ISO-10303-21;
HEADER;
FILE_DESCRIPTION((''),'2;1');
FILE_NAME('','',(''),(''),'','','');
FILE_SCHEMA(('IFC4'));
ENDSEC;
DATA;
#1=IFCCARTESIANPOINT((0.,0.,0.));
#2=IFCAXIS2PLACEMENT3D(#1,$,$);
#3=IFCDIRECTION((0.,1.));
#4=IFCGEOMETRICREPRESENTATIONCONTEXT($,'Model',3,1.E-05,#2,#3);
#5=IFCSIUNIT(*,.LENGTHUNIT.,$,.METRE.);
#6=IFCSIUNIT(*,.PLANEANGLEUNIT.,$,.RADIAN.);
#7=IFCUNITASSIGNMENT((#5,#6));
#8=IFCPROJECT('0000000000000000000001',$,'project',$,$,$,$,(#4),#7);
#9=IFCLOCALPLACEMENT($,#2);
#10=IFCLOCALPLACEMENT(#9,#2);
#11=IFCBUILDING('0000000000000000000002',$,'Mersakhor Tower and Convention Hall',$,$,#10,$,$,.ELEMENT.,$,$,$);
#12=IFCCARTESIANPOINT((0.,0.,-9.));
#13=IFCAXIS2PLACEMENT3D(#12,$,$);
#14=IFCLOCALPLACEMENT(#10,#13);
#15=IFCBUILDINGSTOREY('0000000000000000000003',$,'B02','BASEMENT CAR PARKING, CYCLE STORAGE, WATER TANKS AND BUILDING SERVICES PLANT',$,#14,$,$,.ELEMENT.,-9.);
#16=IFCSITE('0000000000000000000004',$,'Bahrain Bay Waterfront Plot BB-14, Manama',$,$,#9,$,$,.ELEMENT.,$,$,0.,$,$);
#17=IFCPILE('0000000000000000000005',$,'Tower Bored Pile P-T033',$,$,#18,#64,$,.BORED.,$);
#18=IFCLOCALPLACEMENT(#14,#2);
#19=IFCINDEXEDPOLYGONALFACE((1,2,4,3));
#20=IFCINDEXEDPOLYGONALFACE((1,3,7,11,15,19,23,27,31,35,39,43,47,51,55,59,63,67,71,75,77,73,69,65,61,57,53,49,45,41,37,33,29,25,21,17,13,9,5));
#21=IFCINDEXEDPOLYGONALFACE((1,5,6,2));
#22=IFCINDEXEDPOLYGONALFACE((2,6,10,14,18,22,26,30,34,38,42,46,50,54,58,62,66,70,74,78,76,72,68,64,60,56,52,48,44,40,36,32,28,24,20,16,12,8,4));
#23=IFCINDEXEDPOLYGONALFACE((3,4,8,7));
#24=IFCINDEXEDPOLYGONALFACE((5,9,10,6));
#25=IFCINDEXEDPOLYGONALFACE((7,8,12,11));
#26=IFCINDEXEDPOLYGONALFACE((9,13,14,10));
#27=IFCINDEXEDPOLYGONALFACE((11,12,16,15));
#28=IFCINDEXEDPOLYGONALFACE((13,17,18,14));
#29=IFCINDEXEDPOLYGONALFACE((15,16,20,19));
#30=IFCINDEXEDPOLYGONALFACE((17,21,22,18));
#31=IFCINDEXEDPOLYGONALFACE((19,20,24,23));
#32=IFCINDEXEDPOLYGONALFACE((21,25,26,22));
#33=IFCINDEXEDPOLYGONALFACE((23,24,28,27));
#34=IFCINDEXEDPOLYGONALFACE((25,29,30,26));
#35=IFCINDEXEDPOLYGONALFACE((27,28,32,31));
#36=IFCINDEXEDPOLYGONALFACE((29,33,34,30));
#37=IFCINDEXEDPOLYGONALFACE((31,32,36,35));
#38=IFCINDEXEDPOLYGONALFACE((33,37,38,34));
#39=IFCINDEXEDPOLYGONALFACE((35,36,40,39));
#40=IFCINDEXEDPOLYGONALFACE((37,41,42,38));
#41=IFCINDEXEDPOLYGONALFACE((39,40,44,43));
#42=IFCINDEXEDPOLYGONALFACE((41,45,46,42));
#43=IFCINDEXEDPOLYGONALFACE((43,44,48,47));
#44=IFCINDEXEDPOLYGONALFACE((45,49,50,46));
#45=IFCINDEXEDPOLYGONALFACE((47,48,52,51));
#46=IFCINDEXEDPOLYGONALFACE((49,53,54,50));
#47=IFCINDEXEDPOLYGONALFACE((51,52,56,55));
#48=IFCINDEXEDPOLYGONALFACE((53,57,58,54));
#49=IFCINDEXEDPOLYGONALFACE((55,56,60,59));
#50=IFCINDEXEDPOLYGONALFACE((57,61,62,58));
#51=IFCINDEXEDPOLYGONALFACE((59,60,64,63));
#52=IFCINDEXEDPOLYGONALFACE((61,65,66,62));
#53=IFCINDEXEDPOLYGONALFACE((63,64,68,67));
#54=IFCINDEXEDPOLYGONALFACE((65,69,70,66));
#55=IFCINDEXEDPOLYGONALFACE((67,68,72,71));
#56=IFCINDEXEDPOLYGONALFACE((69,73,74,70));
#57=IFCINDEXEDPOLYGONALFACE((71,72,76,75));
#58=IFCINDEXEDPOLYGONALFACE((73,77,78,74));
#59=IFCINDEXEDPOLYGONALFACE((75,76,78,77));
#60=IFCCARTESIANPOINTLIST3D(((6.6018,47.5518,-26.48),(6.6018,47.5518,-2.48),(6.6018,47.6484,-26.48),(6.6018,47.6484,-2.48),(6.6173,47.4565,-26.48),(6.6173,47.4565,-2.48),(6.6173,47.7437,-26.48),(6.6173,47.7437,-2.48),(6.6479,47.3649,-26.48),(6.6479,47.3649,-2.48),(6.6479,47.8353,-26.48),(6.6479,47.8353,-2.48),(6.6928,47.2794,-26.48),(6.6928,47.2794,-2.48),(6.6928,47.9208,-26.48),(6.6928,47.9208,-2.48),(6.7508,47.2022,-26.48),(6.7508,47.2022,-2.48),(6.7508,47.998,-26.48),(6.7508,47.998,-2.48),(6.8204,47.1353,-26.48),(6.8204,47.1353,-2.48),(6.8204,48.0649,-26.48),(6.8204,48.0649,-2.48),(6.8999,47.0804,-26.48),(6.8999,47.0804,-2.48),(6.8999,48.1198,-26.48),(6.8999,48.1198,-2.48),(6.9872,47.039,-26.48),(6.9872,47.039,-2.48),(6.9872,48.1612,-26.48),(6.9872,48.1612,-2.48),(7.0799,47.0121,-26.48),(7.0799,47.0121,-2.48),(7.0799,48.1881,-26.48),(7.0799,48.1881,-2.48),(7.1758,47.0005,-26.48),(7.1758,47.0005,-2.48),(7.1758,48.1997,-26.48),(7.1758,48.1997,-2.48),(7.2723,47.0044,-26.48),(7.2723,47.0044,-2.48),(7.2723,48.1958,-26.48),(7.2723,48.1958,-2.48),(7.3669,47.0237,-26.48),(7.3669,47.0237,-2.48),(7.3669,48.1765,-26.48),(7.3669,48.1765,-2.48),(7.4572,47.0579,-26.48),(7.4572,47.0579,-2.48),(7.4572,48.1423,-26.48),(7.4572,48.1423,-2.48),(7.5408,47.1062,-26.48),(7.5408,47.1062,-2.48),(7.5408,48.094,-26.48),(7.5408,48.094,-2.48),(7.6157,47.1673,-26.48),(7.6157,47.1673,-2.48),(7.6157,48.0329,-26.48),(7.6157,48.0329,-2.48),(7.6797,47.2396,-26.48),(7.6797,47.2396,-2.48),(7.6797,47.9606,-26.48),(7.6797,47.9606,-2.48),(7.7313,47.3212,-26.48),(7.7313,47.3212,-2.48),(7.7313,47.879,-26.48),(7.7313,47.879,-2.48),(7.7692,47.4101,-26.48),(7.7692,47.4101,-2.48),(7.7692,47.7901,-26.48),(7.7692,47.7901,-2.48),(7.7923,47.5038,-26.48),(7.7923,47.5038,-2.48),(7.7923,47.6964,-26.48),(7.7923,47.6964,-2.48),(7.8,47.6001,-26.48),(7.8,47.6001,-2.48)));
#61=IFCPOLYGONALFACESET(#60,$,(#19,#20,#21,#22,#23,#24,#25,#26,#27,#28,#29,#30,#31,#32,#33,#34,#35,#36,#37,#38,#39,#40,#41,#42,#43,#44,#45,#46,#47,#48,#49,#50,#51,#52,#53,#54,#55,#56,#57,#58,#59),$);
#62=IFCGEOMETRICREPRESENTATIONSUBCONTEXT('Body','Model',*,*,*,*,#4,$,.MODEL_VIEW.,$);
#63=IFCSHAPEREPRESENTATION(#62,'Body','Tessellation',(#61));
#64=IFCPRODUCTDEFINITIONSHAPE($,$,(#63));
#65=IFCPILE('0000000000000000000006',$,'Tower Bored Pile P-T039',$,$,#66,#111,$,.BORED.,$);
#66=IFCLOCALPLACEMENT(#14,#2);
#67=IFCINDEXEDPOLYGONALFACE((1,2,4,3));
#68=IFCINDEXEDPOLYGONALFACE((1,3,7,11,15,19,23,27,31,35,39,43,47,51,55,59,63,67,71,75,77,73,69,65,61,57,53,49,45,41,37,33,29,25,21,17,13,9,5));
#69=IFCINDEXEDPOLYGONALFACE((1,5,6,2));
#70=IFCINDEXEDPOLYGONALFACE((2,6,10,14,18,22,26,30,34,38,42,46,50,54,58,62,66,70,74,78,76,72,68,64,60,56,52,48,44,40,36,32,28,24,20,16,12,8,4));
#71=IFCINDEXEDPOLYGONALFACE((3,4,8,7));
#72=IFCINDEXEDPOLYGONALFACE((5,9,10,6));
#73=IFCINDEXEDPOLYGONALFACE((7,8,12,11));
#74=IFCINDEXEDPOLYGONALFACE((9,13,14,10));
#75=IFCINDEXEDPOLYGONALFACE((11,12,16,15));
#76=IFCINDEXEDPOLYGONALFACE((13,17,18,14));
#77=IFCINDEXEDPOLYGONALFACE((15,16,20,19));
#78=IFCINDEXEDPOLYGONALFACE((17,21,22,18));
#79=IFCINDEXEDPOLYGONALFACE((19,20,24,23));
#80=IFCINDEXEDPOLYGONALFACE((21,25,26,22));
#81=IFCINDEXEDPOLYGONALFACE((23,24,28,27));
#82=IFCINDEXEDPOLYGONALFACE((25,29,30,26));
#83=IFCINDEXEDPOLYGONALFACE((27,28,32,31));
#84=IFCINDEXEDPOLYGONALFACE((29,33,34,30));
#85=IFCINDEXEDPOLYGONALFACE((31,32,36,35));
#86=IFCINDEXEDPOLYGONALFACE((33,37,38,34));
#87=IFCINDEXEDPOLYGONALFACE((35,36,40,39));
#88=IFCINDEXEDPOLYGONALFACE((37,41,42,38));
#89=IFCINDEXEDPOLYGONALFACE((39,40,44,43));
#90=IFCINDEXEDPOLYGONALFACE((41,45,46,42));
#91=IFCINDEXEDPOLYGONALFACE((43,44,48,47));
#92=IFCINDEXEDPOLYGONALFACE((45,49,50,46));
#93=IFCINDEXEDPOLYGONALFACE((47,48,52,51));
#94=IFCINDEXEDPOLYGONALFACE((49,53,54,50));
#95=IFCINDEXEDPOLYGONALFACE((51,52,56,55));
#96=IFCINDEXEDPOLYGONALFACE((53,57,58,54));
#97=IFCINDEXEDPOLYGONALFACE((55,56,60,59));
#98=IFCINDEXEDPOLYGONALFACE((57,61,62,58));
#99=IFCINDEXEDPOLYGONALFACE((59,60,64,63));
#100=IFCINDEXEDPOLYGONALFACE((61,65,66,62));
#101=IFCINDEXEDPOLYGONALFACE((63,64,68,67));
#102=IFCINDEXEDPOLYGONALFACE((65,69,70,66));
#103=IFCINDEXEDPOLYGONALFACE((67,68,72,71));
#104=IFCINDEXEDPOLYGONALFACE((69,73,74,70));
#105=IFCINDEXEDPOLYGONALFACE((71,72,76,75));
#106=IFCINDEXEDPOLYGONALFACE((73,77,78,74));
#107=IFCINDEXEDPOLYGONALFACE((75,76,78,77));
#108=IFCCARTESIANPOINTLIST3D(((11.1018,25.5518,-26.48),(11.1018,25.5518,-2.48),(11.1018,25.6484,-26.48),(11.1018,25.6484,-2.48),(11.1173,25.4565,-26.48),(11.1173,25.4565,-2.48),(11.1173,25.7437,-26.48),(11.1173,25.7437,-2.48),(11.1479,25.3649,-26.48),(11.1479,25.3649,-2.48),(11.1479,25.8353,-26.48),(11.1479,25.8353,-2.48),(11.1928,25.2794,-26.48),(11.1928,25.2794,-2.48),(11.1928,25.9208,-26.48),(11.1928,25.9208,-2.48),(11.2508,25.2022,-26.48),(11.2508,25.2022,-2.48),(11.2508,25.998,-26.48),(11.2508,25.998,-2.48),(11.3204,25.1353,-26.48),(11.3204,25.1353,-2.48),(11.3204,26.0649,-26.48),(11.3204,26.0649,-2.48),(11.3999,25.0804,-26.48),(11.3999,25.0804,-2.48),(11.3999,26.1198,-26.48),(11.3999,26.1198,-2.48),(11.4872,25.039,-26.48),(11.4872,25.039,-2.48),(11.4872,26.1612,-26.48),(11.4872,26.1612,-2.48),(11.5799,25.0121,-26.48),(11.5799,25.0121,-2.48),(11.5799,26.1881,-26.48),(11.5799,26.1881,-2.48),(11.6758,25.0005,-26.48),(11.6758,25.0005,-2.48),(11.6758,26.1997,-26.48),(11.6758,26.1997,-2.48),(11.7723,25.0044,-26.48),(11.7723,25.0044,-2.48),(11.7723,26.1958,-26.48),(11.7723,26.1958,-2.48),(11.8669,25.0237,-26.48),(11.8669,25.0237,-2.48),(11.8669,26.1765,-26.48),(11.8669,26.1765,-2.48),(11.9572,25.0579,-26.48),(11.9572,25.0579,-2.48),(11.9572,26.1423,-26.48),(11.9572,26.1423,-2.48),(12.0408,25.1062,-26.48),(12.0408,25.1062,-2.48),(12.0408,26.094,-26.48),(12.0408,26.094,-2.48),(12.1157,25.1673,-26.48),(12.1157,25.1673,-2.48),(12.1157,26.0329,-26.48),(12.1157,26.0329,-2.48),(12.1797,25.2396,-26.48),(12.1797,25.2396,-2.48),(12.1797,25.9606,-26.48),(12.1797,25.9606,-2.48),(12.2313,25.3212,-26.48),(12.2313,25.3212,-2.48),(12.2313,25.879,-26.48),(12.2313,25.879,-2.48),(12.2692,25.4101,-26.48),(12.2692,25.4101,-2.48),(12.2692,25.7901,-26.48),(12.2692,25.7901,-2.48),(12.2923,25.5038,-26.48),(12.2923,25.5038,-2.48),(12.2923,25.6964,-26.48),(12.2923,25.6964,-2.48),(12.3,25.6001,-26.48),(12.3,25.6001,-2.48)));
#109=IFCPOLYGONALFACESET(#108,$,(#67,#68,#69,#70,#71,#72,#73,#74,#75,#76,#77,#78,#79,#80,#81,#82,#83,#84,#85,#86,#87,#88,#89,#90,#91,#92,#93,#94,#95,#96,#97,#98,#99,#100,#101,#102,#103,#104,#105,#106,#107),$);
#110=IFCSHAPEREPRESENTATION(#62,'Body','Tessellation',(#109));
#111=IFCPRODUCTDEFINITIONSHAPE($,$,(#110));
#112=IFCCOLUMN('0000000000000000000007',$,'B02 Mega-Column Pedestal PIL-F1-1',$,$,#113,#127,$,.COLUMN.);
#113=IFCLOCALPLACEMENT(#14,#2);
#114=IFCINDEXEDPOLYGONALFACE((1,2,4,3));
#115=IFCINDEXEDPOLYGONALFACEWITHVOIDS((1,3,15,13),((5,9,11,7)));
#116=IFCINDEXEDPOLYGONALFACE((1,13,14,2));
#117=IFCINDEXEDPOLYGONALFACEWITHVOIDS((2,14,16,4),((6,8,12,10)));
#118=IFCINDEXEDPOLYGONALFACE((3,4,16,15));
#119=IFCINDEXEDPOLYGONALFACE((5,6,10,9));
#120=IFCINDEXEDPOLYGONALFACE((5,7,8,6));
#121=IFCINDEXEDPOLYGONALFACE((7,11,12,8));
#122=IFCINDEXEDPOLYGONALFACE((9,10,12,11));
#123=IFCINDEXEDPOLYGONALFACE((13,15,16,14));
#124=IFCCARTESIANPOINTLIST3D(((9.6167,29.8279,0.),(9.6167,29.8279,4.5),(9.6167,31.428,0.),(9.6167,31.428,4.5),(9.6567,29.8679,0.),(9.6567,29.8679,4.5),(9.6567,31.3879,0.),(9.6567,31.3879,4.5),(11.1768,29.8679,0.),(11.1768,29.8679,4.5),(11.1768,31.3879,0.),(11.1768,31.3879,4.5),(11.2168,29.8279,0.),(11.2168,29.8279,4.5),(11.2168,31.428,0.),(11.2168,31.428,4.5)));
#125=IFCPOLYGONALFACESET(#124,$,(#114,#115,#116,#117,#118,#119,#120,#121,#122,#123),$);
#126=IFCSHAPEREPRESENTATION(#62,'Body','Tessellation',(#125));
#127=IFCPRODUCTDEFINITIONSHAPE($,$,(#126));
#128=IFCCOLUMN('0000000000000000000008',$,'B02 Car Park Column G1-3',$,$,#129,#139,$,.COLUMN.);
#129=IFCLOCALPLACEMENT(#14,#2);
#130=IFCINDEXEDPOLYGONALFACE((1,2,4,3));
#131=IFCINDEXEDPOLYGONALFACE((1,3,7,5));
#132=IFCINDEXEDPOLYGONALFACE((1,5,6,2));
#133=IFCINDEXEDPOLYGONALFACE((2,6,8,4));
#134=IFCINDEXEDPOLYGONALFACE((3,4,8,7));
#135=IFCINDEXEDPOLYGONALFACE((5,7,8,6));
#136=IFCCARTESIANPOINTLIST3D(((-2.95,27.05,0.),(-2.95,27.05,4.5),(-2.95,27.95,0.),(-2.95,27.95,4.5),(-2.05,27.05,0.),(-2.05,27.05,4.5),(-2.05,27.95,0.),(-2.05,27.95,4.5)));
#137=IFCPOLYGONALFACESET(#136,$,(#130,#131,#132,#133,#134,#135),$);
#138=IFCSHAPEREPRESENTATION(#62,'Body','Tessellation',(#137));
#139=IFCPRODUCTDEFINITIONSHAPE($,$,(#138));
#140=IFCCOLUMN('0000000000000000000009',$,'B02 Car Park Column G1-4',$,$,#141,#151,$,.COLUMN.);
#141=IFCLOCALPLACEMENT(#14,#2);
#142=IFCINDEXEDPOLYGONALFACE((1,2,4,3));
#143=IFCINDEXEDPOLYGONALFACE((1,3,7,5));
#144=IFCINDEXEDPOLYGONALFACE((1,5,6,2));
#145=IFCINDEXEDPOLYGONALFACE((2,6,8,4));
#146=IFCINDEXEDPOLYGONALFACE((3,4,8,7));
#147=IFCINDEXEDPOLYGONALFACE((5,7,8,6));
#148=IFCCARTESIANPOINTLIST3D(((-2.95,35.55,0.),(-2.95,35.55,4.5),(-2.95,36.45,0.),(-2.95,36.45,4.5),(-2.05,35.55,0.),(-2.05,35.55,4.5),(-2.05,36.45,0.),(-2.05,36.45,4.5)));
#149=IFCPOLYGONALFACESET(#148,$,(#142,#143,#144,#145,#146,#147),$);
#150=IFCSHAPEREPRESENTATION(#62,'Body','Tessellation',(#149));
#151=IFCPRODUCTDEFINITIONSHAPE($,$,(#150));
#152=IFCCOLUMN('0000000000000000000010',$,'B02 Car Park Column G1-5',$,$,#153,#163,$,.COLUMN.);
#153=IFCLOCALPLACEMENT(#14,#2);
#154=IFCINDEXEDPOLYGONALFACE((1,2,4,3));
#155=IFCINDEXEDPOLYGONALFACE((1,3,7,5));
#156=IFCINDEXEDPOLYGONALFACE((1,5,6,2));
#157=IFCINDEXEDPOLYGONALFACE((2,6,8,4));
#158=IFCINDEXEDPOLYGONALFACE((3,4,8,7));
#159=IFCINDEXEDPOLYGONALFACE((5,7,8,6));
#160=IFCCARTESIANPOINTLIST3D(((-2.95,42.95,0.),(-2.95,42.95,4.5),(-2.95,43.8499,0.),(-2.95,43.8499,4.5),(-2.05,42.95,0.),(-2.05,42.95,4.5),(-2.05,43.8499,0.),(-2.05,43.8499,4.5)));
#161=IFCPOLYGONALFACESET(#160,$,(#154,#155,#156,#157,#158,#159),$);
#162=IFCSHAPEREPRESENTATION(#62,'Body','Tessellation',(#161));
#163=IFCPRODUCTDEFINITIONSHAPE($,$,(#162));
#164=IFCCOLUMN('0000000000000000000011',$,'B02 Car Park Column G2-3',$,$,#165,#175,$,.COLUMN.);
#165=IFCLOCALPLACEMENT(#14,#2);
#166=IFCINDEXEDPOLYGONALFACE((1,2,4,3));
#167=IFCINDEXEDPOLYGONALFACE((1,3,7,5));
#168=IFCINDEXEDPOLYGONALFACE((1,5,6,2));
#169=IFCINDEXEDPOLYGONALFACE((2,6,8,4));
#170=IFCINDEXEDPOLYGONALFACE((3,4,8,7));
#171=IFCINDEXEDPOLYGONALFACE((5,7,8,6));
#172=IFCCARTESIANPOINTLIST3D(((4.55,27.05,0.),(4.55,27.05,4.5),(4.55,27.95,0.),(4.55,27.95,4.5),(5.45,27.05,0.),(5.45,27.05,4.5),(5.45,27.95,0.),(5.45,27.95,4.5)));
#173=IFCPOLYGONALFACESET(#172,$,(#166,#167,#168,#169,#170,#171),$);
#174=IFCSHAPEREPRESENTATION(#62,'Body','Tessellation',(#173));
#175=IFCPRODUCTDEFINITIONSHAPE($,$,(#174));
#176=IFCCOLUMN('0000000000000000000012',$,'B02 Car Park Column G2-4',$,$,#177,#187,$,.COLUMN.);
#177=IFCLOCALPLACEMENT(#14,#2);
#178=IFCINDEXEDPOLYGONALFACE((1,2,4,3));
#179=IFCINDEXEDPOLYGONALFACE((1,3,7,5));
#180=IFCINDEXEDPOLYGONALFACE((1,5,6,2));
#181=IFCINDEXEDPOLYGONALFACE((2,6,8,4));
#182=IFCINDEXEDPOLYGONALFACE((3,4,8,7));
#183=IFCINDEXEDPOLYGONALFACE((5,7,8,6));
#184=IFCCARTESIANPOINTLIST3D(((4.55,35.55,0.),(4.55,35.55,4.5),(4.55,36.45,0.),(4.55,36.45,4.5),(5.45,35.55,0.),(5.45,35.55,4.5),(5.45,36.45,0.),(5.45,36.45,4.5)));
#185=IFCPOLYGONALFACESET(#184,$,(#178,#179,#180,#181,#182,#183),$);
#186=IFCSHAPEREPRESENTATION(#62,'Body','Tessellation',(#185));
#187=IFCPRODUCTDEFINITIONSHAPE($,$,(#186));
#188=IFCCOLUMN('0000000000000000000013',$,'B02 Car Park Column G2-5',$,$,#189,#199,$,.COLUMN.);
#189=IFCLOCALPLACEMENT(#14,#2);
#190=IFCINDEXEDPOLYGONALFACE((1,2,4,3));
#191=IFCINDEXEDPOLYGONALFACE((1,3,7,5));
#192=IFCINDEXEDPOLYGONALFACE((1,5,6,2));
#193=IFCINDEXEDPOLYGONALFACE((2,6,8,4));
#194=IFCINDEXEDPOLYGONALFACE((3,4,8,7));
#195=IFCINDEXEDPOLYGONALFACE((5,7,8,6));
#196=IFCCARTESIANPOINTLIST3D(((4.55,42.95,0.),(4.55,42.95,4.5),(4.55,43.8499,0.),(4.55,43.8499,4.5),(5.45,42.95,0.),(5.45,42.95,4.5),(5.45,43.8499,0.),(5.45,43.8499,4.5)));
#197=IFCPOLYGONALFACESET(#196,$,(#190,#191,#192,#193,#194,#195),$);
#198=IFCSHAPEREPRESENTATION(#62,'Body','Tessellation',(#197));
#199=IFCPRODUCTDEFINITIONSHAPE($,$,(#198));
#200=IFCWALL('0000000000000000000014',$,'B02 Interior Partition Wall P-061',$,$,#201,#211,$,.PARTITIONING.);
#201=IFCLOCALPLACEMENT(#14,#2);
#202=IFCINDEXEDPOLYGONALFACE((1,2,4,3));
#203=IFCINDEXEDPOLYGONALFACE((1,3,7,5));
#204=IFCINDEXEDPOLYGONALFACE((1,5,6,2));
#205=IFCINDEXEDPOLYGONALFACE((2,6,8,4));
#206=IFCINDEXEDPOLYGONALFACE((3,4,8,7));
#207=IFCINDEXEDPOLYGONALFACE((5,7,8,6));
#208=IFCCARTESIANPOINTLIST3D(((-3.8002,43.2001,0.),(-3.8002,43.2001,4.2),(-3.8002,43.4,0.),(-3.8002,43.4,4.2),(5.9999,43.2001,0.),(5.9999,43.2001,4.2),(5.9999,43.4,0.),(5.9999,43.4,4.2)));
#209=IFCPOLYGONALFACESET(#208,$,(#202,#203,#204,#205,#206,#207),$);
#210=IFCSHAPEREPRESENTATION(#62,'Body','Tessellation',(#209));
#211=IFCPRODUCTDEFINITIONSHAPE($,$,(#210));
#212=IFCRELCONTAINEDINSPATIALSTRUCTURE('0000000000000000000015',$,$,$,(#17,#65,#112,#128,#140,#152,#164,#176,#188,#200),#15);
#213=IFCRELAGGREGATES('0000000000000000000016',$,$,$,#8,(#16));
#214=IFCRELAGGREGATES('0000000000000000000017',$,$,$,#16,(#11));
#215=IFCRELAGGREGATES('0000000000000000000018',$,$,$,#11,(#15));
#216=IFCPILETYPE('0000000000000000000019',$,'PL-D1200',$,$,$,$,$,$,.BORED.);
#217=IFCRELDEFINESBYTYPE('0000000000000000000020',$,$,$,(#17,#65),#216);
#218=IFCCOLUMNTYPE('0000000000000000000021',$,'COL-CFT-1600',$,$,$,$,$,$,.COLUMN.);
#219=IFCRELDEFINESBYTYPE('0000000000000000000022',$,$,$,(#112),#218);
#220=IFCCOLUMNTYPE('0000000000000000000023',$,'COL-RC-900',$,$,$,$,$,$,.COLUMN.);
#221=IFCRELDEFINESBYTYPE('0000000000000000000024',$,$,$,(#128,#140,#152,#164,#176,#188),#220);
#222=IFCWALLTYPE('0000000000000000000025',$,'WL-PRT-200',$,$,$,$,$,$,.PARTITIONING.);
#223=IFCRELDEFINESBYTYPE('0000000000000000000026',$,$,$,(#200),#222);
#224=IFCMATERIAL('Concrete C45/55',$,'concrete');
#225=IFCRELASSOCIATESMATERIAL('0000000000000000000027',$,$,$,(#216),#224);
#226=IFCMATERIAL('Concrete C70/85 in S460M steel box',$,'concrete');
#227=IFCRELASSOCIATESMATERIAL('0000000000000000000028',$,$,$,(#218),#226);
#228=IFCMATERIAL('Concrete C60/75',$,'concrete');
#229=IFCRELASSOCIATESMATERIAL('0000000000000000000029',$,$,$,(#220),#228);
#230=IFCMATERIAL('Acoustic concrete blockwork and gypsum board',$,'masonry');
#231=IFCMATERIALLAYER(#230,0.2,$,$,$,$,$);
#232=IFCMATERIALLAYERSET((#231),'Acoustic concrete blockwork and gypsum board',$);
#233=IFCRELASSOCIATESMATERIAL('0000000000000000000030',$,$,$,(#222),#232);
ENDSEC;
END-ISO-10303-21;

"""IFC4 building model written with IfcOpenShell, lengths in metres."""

from ifc_helpers import new_model, si_unit, direction, frame, frame_2d, origin, origin_2d, place, context, subcontext, project, spatial, rectangle, hollow_rectangle, circle, extrude, material, layer, layer_set, material_profile, profile_set, type_object, element, save


model = new_model("IFC4")

# Units and contexts
model_context = context("Model", 3, precision=1e-05, world=origin(), true_north=direction((0.0, 1.0)))
body_context = subcontext(model_context, "Body", "Model", "MODEL_VIEW")
ifc_project = project(units=[si_unit("LENGTHUNIT", "METRE"), si_unit("PLANEANGLEUNIT", "RADIAN")], contexts=[model_context])

# Site, building, storey
site_placement = place(None, origin())
site = spatial("IfcSite", under=ifc_project, at=site_placement, Name="Bahrain Bay Waterfront Plot BB-14, Manama", CompositionType="ELEMENT", RefElevation=0.0)
building_placement = place(site_placement, origin())
building = spatial("IfcBuilding", under=site, at=building_placement, Name="Mersakhor Tower and Convention Hall", CompositionType="ELEMENT")
storey_placement = place(building_placement, frame((0.0, 0.0, -9.0)))
storey = spatial("IfcBuildingStorey", under=building, at=storey_placement, Name="B02", Description="BASEMENT CAR PARKING, CYCLE STORAGE, WATER TANKS AND BUILDING SERVICES PLANT", CompositionType="ELEMENT", Elevation=-9.0)

# Piles
ifc_material_1 = material(Name="Concrete C45/55", Category="concrete")
ifc_material_profile_1 = material_profile(ifc_material_1, circle(Radius=0.6001, at=origin_2d()), Name="PILE D1200")
ifc_profile_set_1 = profile_set([ifc_material_profile_1], Name="Concrete C45/55")
pile_type = type_object("IfcPileType", Name="PL-D1200", PredefinedType="BORED", material=ifc_profile_set_1)
for number, where, z_axis, x_axis, name in (
    (1, (7.2, 47.6001, -2.48), (0.0, 0.0, -1.0), (1.0, 0.0, 0.0), "Tower Bored Pile P-T033"),
    (2, (11.7, 25.6001, -2.48), (0.0, 0.0, -1.0), (1.0, 0.0, 0.0), "Tower Bored Pile P-T039"),
):
    element("IfcPile", number, at=place(storey_placement, frame(where, z_axis=z_axis, x_axis=x_axis)), inside=storey, type_object=pile_type, Name=name, PredefinedType="BORED", context=body_context, shape_type="SweptSolid", body=[
        extrude(circle(Radius=0.6001, at=origin_2d()), origin(), (0.0, 0.0, 1.0), 24.0),
    ])

# Columns
ifc_material_2 = material(Name="Concrete C70/85 in S460M steel box", Category="concrete")
ifc_material_profile_2 = material_profile(ifc_material_2, hollow_rectangle(XDim=1.6001, YDim=1.6001, WallThickness=0.04, at=origin_2d()), Name="SHS 1600x1600x40")
ifc_profile_set_2 = profile_set([ifc_material_profile_2], Name="Concrete C70/85 in S460M steel box")
column_type_1 = type_object("IfcColumnType", Name="COL-CFT-1600", PredefinedType="COLUMN", material=ifc_profile_set_2)
column_placement = place(storey_placement, frame((10.4167, 30.6279, 0.0), z_axis=(0.0, 0.0, 1.0), x_axis=(1.0, 0.0, 0.0)))
element("IfcColumn", 3, at=column_placement, inside=storey, type_object=column_type_1, Name="B02 Mega-Column Pedestal PIL-F1-1", PredefinedType="COLUMN", context=body_context, shape_type="SweptSolid", body=[
    extrude(hollow_rectangle(XDim=1.6001, YDim=1.6001, WallThickness=0.04, at=origin_2d()), origin(), (0.0, 0.0, 1.0), 4.5),
])
ifc_material_3 = material(Name="Concrete C60/75", Category="concrete")
ifc_material_profile_3 = material_profile(ifc_material_3, rectangle(XDim=0.8999, YDim=0.8999, at=origin_2d()), Name="RC 900x900")
ifc_profile_set_3 = profile_set([ifc_material_profile_3], Name="Concrete C60/75")
column_type_2 = type_object("IfcColumnType", Name="COL-RC-900", PredefinedType="COLUMN", material=ifc_profile_set_3)
for number, where, z_axis, x_axis, name in (
    (4, (-2.5, 27.5, 0.0), (0.0, 0.0, 1.0), (1.0, 0.0, 0.0), "B02 Car Park Column G1-3"),
    (5, (-2.5, 36.0, 0.0), (0.0, 0.0, 1.0), (1.0, 0.0, 0.0), "B02 Car Park Column G1-4"),
    (6, (-2.5, 43.3999, 0.0), (0.0, 0.0, 1.0), (1.0, 0.0, 0.0), "B02 Car Park Column G1-5"),
    (7, (5.0, 27.5, 0.0), (0.0, 0.0, 1.0), (1.0, 0.0, 0.0), "B02 Car Park Column G2-3"),
    (8, (5.0, 36.0, 0.0), (0.0, 0.0, 1.0), (1.0, 0.0, 0.0), "B02 Car Park Column G2-4"),
    (9, (5.0, 43.3999, 0.0), (0.0, 0.0, 1.0), (1.0, 0.0, 0.0), "B02 Car Park Column G2-5"),
):
    element("IfcColumn", number, at=place(storey_placement, frame(where, z_axis=z_axis, x_axis=x_axis)), inside=storey, type_object=column_type_2, Name=name, PredefinedType="COLUMN", context=body_context, shape_type="SweptSolid", body=[
        extrude(rectangle(XDim=0.8999, YDim=0.8999, at=origin_2d()), origin(), (0.0, 0.0, 1.0), 4.5),
    ])

# Wall
ifc_material_4 = material(Name="Acoustic concrete blockwork and gypsum board", Category="masonry")
ifc_layer_1 = layer(ifc_material_4, 0.2)
ifc_layer_set_1 = layer_set([ifc_layer_1], Name="Acoustic concrete blockwork and gypsum board")
wall_type_1 = type_object("IfcWallType", Name="WL-PRT-200", PredefinedType="PARTITIONING", material=ifc_layer_set_1)
wall_1_placement = place(storey_placement, frame((-3.8, 43.3, 0.0), z_axis=(0.0, 0.0, 1.0), x_axis=(1.0, 0.0, 0.0)))
element("IfcWall", 10, at=wall_1_placement, inside=storey, type_object=wall_type_1, Name="B02 Interior Partition Wall P-061", PredefinedType="PARTITIONING", context=body_context, shape_type="SweptSolid", body=[
    extrude(rectangle(XDim=9.8, YDim=0.2, at=frame_2d((4.8999, 0.0))), origin(), (0.0, 0.0, 1.0), 4.2),
])

save(model, "model.ifc")
